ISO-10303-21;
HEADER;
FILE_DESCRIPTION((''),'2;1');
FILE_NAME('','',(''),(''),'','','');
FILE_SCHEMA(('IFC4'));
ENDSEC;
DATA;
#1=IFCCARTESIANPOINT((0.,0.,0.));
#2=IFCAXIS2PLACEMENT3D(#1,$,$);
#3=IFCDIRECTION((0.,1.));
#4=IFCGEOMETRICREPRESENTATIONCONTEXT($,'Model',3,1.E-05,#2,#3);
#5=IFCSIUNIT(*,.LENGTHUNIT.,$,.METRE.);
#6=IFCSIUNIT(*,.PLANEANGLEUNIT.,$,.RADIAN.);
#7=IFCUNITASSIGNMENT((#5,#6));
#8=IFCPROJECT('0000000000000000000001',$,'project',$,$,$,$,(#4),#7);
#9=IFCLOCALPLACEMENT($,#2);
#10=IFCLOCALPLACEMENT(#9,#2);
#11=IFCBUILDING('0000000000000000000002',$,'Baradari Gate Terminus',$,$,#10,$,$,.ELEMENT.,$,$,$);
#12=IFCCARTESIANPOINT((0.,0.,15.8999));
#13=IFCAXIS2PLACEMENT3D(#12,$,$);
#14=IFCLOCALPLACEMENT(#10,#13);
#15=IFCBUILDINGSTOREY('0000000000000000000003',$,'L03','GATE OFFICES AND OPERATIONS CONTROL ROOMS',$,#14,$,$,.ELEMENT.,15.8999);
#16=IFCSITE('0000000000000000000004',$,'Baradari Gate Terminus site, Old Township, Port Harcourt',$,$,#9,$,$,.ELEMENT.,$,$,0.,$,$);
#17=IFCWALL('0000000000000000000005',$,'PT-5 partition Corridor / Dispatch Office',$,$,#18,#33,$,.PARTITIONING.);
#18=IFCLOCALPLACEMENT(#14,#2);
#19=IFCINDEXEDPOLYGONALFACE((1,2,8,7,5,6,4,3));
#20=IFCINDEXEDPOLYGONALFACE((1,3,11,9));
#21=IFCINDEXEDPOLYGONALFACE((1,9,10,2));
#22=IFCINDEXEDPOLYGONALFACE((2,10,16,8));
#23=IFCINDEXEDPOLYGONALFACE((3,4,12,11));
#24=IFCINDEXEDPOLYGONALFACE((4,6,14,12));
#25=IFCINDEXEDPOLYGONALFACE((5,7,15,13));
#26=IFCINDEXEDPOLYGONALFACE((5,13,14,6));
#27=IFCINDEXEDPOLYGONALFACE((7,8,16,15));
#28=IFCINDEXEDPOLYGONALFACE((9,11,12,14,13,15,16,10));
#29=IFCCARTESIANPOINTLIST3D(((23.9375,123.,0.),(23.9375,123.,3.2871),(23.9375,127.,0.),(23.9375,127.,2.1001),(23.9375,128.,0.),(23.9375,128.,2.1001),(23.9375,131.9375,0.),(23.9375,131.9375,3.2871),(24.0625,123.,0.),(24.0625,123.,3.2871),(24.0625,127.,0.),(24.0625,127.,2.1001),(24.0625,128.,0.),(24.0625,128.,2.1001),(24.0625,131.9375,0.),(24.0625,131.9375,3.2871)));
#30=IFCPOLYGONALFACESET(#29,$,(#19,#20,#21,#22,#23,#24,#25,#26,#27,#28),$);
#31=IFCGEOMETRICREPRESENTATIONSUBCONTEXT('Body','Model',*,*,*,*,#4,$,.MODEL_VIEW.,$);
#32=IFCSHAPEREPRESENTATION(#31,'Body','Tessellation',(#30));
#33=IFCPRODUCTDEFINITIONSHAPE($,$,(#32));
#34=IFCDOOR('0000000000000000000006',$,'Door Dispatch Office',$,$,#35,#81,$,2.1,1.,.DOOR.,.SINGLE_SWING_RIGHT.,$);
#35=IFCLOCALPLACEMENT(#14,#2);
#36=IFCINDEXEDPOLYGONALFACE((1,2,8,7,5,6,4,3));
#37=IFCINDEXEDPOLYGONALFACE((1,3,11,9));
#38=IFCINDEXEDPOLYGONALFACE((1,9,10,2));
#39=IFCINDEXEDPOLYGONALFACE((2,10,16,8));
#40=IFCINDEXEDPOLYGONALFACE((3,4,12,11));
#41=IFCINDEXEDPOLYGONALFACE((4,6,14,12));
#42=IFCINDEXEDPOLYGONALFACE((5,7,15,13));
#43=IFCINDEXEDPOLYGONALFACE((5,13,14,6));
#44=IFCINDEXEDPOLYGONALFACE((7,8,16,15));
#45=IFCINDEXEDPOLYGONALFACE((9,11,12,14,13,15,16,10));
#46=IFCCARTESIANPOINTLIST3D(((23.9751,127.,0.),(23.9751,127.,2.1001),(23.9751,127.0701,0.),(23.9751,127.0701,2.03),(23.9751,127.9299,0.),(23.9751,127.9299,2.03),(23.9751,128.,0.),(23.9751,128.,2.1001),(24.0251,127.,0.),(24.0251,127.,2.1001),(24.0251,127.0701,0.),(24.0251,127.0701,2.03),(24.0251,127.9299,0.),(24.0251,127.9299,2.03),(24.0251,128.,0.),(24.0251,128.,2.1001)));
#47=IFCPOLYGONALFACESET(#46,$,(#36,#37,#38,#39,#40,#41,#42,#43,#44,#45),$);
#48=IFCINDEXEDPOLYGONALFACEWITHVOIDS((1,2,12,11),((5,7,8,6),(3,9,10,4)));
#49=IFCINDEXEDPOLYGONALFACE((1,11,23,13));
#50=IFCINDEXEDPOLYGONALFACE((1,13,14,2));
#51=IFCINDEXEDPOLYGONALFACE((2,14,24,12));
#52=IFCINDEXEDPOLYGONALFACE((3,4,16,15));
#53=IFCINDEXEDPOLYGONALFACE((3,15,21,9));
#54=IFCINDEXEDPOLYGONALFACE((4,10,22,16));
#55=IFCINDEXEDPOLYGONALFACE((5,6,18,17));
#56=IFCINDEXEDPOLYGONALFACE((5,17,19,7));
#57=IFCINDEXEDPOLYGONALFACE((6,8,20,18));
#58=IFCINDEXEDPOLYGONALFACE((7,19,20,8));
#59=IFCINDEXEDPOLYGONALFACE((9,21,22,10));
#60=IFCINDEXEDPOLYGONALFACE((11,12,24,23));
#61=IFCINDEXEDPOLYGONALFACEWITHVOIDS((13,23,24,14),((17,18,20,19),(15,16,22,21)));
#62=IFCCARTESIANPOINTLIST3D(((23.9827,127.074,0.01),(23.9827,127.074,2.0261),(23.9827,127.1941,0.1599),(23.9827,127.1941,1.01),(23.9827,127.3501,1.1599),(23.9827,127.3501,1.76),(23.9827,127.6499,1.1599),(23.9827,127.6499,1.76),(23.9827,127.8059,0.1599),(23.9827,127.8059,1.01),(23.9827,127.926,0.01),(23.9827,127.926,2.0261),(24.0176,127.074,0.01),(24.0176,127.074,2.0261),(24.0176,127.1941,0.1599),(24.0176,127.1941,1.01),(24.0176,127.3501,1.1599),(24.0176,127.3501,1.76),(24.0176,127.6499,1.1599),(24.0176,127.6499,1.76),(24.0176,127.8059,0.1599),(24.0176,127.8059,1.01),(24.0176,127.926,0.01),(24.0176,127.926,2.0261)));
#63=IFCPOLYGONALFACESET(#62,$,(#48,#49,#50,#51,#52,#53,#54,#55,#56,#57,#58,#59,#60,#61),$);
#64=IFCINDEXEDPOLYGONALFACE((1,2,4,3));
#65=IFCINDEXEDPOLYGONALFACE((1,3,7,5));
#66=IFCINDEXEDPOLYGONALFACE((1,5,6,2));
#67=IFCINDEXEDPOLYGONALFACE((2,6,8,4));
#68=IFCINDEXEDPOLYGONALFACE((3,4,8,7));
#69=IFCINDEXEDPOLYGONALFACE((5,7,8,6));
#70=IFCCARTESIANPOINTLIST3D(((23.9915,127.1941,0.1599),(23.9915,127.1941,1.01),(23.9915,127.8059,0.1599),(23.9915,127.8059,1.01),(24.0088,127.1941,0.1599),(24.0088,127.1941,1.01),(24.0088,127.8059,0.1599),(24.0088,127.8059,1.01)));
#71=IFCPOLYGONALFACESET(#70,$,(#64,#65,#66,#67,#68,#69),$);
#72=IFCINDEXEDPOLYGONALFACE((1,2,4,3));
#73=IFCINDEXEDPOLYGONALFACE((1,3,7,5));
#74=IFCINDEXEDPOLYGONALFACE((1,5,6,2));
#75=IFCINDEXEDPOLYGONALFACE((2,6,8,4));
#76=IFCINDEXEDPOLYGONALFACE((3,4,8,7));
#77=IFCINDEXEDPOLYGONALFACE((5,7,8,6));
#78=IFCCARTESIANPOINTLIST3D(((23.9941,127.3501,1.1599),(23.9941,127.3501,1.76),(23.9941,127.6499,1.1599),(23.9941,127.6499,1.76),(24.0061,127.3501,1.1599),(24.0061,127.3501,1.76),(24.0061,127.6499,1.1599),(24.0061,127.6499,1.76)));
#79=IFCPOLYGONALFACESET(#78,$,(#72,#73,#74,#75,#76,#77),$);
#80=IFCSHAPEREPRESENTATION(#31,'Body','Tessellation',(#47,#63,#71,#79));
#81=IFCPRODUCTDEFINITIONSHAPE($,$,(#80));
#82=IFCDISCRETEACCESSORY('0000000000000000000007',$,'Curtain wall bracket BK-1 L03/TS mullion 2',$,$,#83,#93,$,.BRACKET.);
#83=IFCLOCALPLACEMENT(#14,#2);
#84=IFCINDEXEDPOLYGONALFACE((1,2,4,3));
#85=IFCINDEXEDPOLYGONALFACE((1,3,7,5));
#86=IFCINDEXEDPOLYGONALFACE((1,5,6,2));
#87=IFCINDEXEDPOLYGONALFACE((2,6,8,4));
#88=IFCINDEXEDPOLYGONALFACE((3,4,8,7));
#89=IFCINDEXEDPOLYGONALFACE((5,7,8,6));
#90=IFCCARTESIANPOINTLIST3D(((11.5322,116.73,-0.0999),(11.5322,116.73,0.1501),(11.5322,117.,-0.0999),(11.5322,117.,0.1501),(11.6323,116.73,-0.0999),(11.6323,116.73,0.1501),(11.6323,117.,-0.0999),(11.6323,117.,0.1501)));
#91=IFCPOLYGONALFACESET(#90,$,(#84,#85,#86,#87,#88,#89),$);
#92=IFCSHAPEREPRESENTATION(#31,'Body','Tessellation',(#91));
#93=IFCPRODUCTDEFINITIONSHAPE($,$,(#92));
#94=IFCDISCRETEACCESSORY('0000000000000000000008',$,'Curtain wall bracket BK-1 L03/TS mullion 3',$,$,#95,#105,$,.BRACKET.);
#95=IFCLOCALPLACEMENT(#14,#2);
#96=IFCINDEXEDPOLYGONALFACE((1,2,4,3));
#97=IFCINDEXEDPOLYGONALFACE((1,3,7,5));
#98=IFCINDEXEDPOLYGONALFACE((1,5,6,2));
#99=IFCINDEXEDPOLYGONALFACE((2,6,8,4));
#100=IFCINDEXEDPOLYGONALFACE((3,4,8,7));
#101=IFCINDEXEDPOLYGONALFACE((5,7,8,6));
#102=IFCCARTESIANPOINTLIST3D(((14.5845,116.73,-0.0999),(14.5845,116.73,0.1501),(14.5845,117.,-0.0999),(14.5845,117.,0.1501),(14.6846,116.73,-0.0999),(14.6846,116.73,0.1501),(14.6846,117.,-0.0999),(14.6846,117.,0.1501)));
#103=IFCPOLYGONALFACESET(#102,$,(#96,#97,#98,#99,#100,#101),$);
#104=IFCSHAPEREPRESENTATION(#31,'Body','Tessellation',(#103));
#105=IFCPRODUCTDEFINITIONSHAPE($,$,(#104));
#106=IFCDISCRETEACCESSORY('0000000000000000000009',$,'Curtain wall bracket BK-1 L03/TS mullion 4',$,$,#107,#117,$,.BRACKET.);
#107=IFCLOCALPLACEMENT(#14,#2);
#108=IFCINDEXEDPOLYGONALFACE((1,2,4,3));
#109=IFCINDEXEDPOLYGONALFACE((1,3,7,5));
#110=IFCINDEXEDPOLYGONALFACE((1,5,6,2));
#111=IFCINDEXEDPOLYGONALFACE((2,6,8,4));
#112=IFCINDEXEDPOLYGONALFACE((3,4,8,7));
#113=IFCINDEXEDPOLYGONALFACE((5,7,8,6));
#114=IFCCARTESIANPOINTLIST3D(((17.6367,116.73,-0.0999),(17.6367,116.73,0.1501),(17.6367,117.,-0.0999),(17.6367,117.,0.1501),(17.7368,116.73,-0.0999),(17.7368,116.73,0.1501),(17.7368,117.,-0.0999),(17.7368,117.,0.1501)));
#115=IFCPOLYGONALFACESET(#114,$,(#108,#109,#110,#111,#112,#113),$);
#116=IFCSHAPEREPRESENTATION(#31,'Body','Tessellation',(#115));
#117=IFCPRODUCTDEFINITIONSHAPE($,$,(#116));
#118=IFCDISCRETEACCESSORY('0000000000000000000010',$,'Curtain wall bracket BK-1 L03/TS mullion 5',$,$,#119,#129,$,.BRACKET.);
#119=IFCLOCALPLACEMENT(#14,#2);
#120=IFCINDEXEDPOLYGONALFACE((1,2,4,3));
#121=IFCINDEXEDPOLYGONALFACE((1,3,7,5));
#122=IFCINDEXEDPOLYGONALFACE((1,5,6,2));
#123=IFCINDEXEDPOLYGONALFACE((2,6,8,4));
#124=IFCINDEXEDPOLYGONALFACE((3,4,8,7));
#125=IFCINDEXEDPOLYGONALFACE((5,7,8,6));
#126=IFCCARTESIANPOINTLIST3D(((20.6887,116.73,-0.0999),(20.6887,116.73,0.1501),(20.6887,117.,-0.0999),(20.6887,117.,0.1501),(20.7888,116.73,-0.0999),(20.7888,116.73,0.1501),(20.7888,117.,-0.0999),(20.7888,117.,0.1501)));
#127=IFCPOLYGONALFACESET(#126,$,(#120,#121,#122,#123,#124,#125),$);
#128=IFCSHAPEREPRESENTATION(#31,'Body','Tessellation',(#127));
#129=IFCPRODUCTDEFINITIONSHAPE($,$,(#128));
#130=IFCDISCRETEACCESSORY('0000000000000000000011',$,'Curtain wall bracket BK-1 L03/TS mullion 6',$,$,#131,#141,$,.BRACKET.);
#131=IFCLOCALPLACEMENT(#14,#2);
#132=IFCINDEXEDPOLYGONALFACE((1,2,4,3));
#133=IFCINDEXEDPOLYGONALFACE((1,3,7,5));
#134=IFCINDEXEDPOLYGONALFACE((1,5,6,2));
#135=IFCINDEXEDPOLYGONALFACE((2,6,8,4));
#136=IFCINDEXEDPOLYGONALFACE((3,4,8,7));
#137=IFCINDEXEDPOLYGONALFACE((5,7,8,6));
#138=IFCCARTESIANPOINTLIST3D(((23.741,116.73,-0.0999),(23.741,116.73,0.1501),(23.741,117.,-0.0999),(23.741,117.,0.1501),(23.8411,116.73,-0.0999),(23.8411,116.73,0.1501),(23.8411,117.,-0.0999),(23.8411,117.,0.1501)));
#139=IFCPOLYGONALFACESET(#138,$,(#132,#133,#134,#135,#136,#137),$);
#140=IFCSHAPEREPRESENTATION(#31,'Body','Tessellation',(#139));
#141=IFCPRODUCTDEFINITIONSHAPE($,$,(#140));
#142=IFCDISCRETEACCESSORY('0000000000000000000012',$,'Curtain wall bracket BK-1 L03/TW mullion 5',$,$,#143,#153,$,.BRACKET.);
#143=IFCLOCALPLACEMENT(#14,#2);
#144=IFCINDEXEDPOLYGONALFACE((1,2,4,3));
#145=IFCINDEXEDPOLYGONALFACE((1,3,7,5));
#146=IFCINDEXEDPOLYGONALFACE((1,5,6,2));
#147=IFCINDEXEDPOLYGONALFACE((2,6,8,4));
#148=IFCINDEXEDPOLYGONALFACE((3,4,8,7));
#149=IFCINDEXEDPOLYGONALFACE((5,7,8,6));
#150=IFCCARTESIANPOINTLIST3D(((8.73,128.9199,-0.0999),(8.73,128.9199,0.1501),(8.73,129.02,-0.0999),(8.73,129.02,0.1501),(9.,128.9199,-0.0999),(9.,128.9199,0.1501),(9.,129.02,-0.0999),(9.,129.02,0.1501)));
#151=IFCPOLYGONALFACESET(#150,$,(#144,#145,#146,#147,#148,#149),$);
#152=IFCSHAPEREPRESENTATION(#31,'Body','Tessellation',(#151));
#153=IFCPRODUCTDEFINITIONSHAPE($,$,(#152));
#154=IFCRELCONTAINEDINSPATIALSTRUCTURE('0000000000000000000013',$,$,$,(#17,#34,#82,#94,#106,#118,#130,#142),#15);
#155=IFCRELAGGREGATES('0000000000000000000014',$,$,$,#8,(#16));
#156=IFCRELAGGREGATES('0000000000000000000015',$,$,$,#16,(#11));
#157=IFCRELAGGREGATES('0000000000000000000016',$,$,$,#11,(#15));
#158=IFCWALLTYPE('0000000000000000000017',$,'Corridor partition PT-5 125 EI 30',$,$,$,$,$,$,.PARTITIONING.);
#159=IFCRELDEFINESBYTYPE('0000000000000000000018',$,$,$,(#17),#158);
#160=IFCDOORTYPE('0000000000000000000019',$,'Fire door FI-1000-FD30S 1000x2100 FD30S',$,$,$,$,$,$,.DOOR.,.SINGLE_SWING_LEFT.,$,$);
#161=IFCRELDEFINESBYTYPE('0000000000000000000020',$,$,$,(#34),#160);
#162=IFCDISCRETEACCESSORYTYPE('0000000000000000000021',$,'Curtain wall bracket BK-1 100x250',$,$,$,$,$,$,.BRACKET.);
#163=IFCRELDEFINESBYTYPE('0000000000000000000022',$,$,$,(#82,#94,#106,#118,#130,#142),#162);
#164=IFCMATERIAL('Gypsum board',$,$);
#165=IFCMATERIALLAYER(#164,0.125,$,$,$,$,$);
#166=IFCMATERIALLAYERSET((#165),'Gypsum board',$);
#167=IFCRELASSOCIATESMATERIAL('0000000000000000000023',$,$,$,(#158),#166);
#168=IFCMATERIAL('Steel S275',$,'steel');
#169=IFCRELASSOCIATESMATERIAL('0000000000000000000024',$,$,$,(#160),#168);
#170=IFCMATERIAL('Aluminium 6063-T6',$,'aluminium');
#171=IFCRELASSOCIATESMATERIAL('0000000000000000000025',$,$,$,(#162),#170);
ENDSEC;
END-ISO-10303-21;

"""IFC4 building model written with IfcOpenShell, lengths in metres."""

from ifc_helpers import new_model, si_unit, direction, frame, frame_2d, origin, origin_2d, place, context, subcontext, project, spatial, polyline, rectangle, outline, extrude, material, layer, layer_set, type_object, element, fill, save


model = new_model("IFC4")

# Units and contexts
model_context = context("Model", 3, precision=1e-05, world=origin(), true_north=direction((0.0, 1.0)))
body_context = subcontext(model_context, "Body", "Model", "MODEL_VIEW")
ifc_project = project(units=[si_unit("LENGTHUNIT", "METRE"), si_unit("PLANEANGLEUNIT", "RADIAN")], contexts=[model_context])

# Site, building, storey
site_placement = place(None, origin())
site = spatial("IfcSite", under=ifc_project, at=site_placement, Name="Baradari Gate Terminus site, Old Township, Port Harcourt", CompositionType="ELEMENT", RefElevation=0.0)
building_placement = place(site_placement, origin())
building = spatial("IfcBuilding", under=site, at=building_placement, Name="Baradari Gate Terminus", CompositionType="ELEMENT")
storey_placement = place(building_placement, frame((0.0, 0.0, 15.8999)))
storey = spatial("IfcBuildingStorey", under=building, at=storey_placement, Name="L03", Description="GATE OFFICES AND OPERATIONS CONTROL ROOMS", CompositionType="ELEMENT", Elevation=15.8999)

# Wall, opening, door
ifc_material_1 = material(Name="Gypsum board")
ifc_layer = layer(ifc_material_1, 0.125)
ifc_layer_set = layer_set([ifc_layer], Name="Gypsum board")
wall_type = type_object("IfcWallType", Name="Corridor partition PT-5 125 EI 30", PredefinedType="PARTITIONING", material=ifc_layer_set)
wall_placement = place(storey_placement, frame((24.0, 123.0, 0.0), z_axis=(0.0, 0.0, 1.0), x_axis=(0.0, 1.0, 0.0)))
wall = element("IfcWall", 1, at=wall_placement, inside=storey, type_object=wall_type, Name="PT-5 partition Corridor / Dispatch Office", PredefinedType="PARTITIONING", context=body_context, shape_type="SweptSolid", body=[
    extrude(rectangle(XDim=8.9375, YDim=0.125, at=frame_2d((4.4688, 0.0))), origin(), (0.0, 0.0, 1.0), 3.2871),
])
opening_placement = place(wall_placement, frame((4.0, 0.0, 0.0)))
opening = element("IfcOpeningElement", 2, at=opening_placement, cuts=wall, PredefinedType="OPENING", context=body_context, shape_type="SweptSolid", body=[
    extrude(rectangle(XDim=1.0, YDim=2.1001, at=frame_2d((0.5, 1.05))), frame((0.0, 0.0725, 0.0), z_axis=(0.0, -1.0, 0.0), x_axis=(1.0, 0.0, 0.0)), (0.0, 0.0, 1.0), 0.145),
])
ifc_material_2 = material(Name="Steel S275", Category="steel")
door_type = type_object("IfcDoorType", Name="Fire door FI-1000-FD30S 1000x2100 FD30S", OperationType="SINGLE_SWING_LEFT", PredefinedType="DOOR", material=ifc_material_2)
door_placement = place(opening_placement, origin())
door = element("IfcDoor", 3, at=door_placement, inside=storey, type_object=door_type, Name="Door Dispatch Office", OperationType="SINGLE_SWING_RIGHT", OverallHeight=2.1, OverallWidth=1.0, PredefinedType="DOOR", context=body_context, shape_type="SweptSolid", body=[
    extrude(outline(polyline([(0.0, 0.0), (0.0701, 0.0), (0.0701, 2.03), (0.9299, 2.03), (0.9299, 0.0), (1.0, 0.0), (1.0, 2.1001), (0.0, 2.1001), (0.0, 0.0)])), frame((0.0, 0.0249, 0.0), z_axis=(0.0, -1.0, 0.0), x_axis=(1.0, 0.0, 0.0)), (0.0, 0.0, 1.0), 0.05),
    extrude(outline(polyline([(0.074, 0.01), (0.926, 0.01), (0.926, 2.0261), (0.074, 2.0261), (0.074, 0.01)]), holes=[polyline([(0.1941, 0.1599), (0.8059, 0.1599), (0.8059, 1.01), (0.1941, 1.01), (0.1941, 0.1599)]), polyline([(0.3501, 1.1599), (0.6499, 1.1599), (0.6499, 1.76), (0.3501, 1.76), (0.3501, 1.1599)])]), frame((0.0, 0.0173, 0.0), z_axis=(0.0, -1.0, 0.0), x_axis=(1.0, 0.0, 0.0)), (0.0, 0.0, 1.0), 0.0349),
    extrude(rectangle(XDim=0.6118, YDim=0.8501, at=frame_2d((0.5, 0.585))), frame((0.0, 0.0085, 0.0), z_axis=(0.0, -1.0, 0.0), x_axis=(1.0, 0.0, 0.0)), (0.0, 0.0, 1.0), 0.0173),
    extrude(rectangle(XDim=0.2998, YDim=0.6001, at=frame_2d((0.5, 1.46))), frame((0.0, 0.0059, 0.0), z_axis=(0.0, -1.0, 0.0), x_axis=(1.0, 0.0, 0.0)), (0.0, 0.0, 1.0), 0.012),
])
fill(opening, door)

# Discrete accessories
ifc_material_3 = material(Name="Aluminium 6063-T6", Category="aluminium")
discrete_accessory_type = type_object("IfcDiscreteAccessoryType", Name="Curtain wall bracket BK-1 100x250", PredefinedType="BRACKET", material=ifc_material_3)
for number, where, z_axis, x_axis, name in (
    (4, (11.5823, 116.865, -0.0999), (0.0, 0.0, 1.0), (0.0, -1.0, 0.0), "Curtain wall bracket BK-1 L03/TS mullion 2"),
    (5, (14.6345, 116.865, -0.0999), (0.0, 0.0, 1.0), (0.0, -1.0, 0.0), "Curtain wall bracket BK-1 L03/TS mullion 3"),
    (6, (17.6868, 116.865, -0.0999), (0.0, 0.0, 1.0), (0.0, -1.0, 0.0), "Curtain wall bracket BK-1 L03/TS mullion 4"),
    (7, (20.7388, 116.865, -0.0999), (0.0, 0.0, 1.0), (0.0, -1.0, 0.0), "Curtain wall bracket BK-1 L03/TS mullion 5"),
    (8, (23.791, 116.865, -0.0999), (0.0, 0.0, 1.0), (0.0, -1.0, 0.0), "Curtain wall bracket BK-1 L03/TS mullion 6"),
    (9, (8.865, 128.97, -0.0999), (0.0, 0.0, 1.0), (-1.0, 0.0, 0.0), "Curtain wall bracket BK-1 L03/TW mullion 5"),
):
    element("IfcDiscreteAccessory", number, at=place(storey_placement, frame(where, z_axis=z_axis, x_axis=x_axis)), inside=storey, type_object=discrete_accessory_type, Name=name, PredefinedType="BRACKET", context=body_context, shape_type="SweptSolid", body=[
        extrude(rectangle(XDim=0.27, YDim=0.1001, at=origin_2d()), origin(), (0.0, 0.0, 1.0), 0.25),
    ])

save(model, "model.ifc")
